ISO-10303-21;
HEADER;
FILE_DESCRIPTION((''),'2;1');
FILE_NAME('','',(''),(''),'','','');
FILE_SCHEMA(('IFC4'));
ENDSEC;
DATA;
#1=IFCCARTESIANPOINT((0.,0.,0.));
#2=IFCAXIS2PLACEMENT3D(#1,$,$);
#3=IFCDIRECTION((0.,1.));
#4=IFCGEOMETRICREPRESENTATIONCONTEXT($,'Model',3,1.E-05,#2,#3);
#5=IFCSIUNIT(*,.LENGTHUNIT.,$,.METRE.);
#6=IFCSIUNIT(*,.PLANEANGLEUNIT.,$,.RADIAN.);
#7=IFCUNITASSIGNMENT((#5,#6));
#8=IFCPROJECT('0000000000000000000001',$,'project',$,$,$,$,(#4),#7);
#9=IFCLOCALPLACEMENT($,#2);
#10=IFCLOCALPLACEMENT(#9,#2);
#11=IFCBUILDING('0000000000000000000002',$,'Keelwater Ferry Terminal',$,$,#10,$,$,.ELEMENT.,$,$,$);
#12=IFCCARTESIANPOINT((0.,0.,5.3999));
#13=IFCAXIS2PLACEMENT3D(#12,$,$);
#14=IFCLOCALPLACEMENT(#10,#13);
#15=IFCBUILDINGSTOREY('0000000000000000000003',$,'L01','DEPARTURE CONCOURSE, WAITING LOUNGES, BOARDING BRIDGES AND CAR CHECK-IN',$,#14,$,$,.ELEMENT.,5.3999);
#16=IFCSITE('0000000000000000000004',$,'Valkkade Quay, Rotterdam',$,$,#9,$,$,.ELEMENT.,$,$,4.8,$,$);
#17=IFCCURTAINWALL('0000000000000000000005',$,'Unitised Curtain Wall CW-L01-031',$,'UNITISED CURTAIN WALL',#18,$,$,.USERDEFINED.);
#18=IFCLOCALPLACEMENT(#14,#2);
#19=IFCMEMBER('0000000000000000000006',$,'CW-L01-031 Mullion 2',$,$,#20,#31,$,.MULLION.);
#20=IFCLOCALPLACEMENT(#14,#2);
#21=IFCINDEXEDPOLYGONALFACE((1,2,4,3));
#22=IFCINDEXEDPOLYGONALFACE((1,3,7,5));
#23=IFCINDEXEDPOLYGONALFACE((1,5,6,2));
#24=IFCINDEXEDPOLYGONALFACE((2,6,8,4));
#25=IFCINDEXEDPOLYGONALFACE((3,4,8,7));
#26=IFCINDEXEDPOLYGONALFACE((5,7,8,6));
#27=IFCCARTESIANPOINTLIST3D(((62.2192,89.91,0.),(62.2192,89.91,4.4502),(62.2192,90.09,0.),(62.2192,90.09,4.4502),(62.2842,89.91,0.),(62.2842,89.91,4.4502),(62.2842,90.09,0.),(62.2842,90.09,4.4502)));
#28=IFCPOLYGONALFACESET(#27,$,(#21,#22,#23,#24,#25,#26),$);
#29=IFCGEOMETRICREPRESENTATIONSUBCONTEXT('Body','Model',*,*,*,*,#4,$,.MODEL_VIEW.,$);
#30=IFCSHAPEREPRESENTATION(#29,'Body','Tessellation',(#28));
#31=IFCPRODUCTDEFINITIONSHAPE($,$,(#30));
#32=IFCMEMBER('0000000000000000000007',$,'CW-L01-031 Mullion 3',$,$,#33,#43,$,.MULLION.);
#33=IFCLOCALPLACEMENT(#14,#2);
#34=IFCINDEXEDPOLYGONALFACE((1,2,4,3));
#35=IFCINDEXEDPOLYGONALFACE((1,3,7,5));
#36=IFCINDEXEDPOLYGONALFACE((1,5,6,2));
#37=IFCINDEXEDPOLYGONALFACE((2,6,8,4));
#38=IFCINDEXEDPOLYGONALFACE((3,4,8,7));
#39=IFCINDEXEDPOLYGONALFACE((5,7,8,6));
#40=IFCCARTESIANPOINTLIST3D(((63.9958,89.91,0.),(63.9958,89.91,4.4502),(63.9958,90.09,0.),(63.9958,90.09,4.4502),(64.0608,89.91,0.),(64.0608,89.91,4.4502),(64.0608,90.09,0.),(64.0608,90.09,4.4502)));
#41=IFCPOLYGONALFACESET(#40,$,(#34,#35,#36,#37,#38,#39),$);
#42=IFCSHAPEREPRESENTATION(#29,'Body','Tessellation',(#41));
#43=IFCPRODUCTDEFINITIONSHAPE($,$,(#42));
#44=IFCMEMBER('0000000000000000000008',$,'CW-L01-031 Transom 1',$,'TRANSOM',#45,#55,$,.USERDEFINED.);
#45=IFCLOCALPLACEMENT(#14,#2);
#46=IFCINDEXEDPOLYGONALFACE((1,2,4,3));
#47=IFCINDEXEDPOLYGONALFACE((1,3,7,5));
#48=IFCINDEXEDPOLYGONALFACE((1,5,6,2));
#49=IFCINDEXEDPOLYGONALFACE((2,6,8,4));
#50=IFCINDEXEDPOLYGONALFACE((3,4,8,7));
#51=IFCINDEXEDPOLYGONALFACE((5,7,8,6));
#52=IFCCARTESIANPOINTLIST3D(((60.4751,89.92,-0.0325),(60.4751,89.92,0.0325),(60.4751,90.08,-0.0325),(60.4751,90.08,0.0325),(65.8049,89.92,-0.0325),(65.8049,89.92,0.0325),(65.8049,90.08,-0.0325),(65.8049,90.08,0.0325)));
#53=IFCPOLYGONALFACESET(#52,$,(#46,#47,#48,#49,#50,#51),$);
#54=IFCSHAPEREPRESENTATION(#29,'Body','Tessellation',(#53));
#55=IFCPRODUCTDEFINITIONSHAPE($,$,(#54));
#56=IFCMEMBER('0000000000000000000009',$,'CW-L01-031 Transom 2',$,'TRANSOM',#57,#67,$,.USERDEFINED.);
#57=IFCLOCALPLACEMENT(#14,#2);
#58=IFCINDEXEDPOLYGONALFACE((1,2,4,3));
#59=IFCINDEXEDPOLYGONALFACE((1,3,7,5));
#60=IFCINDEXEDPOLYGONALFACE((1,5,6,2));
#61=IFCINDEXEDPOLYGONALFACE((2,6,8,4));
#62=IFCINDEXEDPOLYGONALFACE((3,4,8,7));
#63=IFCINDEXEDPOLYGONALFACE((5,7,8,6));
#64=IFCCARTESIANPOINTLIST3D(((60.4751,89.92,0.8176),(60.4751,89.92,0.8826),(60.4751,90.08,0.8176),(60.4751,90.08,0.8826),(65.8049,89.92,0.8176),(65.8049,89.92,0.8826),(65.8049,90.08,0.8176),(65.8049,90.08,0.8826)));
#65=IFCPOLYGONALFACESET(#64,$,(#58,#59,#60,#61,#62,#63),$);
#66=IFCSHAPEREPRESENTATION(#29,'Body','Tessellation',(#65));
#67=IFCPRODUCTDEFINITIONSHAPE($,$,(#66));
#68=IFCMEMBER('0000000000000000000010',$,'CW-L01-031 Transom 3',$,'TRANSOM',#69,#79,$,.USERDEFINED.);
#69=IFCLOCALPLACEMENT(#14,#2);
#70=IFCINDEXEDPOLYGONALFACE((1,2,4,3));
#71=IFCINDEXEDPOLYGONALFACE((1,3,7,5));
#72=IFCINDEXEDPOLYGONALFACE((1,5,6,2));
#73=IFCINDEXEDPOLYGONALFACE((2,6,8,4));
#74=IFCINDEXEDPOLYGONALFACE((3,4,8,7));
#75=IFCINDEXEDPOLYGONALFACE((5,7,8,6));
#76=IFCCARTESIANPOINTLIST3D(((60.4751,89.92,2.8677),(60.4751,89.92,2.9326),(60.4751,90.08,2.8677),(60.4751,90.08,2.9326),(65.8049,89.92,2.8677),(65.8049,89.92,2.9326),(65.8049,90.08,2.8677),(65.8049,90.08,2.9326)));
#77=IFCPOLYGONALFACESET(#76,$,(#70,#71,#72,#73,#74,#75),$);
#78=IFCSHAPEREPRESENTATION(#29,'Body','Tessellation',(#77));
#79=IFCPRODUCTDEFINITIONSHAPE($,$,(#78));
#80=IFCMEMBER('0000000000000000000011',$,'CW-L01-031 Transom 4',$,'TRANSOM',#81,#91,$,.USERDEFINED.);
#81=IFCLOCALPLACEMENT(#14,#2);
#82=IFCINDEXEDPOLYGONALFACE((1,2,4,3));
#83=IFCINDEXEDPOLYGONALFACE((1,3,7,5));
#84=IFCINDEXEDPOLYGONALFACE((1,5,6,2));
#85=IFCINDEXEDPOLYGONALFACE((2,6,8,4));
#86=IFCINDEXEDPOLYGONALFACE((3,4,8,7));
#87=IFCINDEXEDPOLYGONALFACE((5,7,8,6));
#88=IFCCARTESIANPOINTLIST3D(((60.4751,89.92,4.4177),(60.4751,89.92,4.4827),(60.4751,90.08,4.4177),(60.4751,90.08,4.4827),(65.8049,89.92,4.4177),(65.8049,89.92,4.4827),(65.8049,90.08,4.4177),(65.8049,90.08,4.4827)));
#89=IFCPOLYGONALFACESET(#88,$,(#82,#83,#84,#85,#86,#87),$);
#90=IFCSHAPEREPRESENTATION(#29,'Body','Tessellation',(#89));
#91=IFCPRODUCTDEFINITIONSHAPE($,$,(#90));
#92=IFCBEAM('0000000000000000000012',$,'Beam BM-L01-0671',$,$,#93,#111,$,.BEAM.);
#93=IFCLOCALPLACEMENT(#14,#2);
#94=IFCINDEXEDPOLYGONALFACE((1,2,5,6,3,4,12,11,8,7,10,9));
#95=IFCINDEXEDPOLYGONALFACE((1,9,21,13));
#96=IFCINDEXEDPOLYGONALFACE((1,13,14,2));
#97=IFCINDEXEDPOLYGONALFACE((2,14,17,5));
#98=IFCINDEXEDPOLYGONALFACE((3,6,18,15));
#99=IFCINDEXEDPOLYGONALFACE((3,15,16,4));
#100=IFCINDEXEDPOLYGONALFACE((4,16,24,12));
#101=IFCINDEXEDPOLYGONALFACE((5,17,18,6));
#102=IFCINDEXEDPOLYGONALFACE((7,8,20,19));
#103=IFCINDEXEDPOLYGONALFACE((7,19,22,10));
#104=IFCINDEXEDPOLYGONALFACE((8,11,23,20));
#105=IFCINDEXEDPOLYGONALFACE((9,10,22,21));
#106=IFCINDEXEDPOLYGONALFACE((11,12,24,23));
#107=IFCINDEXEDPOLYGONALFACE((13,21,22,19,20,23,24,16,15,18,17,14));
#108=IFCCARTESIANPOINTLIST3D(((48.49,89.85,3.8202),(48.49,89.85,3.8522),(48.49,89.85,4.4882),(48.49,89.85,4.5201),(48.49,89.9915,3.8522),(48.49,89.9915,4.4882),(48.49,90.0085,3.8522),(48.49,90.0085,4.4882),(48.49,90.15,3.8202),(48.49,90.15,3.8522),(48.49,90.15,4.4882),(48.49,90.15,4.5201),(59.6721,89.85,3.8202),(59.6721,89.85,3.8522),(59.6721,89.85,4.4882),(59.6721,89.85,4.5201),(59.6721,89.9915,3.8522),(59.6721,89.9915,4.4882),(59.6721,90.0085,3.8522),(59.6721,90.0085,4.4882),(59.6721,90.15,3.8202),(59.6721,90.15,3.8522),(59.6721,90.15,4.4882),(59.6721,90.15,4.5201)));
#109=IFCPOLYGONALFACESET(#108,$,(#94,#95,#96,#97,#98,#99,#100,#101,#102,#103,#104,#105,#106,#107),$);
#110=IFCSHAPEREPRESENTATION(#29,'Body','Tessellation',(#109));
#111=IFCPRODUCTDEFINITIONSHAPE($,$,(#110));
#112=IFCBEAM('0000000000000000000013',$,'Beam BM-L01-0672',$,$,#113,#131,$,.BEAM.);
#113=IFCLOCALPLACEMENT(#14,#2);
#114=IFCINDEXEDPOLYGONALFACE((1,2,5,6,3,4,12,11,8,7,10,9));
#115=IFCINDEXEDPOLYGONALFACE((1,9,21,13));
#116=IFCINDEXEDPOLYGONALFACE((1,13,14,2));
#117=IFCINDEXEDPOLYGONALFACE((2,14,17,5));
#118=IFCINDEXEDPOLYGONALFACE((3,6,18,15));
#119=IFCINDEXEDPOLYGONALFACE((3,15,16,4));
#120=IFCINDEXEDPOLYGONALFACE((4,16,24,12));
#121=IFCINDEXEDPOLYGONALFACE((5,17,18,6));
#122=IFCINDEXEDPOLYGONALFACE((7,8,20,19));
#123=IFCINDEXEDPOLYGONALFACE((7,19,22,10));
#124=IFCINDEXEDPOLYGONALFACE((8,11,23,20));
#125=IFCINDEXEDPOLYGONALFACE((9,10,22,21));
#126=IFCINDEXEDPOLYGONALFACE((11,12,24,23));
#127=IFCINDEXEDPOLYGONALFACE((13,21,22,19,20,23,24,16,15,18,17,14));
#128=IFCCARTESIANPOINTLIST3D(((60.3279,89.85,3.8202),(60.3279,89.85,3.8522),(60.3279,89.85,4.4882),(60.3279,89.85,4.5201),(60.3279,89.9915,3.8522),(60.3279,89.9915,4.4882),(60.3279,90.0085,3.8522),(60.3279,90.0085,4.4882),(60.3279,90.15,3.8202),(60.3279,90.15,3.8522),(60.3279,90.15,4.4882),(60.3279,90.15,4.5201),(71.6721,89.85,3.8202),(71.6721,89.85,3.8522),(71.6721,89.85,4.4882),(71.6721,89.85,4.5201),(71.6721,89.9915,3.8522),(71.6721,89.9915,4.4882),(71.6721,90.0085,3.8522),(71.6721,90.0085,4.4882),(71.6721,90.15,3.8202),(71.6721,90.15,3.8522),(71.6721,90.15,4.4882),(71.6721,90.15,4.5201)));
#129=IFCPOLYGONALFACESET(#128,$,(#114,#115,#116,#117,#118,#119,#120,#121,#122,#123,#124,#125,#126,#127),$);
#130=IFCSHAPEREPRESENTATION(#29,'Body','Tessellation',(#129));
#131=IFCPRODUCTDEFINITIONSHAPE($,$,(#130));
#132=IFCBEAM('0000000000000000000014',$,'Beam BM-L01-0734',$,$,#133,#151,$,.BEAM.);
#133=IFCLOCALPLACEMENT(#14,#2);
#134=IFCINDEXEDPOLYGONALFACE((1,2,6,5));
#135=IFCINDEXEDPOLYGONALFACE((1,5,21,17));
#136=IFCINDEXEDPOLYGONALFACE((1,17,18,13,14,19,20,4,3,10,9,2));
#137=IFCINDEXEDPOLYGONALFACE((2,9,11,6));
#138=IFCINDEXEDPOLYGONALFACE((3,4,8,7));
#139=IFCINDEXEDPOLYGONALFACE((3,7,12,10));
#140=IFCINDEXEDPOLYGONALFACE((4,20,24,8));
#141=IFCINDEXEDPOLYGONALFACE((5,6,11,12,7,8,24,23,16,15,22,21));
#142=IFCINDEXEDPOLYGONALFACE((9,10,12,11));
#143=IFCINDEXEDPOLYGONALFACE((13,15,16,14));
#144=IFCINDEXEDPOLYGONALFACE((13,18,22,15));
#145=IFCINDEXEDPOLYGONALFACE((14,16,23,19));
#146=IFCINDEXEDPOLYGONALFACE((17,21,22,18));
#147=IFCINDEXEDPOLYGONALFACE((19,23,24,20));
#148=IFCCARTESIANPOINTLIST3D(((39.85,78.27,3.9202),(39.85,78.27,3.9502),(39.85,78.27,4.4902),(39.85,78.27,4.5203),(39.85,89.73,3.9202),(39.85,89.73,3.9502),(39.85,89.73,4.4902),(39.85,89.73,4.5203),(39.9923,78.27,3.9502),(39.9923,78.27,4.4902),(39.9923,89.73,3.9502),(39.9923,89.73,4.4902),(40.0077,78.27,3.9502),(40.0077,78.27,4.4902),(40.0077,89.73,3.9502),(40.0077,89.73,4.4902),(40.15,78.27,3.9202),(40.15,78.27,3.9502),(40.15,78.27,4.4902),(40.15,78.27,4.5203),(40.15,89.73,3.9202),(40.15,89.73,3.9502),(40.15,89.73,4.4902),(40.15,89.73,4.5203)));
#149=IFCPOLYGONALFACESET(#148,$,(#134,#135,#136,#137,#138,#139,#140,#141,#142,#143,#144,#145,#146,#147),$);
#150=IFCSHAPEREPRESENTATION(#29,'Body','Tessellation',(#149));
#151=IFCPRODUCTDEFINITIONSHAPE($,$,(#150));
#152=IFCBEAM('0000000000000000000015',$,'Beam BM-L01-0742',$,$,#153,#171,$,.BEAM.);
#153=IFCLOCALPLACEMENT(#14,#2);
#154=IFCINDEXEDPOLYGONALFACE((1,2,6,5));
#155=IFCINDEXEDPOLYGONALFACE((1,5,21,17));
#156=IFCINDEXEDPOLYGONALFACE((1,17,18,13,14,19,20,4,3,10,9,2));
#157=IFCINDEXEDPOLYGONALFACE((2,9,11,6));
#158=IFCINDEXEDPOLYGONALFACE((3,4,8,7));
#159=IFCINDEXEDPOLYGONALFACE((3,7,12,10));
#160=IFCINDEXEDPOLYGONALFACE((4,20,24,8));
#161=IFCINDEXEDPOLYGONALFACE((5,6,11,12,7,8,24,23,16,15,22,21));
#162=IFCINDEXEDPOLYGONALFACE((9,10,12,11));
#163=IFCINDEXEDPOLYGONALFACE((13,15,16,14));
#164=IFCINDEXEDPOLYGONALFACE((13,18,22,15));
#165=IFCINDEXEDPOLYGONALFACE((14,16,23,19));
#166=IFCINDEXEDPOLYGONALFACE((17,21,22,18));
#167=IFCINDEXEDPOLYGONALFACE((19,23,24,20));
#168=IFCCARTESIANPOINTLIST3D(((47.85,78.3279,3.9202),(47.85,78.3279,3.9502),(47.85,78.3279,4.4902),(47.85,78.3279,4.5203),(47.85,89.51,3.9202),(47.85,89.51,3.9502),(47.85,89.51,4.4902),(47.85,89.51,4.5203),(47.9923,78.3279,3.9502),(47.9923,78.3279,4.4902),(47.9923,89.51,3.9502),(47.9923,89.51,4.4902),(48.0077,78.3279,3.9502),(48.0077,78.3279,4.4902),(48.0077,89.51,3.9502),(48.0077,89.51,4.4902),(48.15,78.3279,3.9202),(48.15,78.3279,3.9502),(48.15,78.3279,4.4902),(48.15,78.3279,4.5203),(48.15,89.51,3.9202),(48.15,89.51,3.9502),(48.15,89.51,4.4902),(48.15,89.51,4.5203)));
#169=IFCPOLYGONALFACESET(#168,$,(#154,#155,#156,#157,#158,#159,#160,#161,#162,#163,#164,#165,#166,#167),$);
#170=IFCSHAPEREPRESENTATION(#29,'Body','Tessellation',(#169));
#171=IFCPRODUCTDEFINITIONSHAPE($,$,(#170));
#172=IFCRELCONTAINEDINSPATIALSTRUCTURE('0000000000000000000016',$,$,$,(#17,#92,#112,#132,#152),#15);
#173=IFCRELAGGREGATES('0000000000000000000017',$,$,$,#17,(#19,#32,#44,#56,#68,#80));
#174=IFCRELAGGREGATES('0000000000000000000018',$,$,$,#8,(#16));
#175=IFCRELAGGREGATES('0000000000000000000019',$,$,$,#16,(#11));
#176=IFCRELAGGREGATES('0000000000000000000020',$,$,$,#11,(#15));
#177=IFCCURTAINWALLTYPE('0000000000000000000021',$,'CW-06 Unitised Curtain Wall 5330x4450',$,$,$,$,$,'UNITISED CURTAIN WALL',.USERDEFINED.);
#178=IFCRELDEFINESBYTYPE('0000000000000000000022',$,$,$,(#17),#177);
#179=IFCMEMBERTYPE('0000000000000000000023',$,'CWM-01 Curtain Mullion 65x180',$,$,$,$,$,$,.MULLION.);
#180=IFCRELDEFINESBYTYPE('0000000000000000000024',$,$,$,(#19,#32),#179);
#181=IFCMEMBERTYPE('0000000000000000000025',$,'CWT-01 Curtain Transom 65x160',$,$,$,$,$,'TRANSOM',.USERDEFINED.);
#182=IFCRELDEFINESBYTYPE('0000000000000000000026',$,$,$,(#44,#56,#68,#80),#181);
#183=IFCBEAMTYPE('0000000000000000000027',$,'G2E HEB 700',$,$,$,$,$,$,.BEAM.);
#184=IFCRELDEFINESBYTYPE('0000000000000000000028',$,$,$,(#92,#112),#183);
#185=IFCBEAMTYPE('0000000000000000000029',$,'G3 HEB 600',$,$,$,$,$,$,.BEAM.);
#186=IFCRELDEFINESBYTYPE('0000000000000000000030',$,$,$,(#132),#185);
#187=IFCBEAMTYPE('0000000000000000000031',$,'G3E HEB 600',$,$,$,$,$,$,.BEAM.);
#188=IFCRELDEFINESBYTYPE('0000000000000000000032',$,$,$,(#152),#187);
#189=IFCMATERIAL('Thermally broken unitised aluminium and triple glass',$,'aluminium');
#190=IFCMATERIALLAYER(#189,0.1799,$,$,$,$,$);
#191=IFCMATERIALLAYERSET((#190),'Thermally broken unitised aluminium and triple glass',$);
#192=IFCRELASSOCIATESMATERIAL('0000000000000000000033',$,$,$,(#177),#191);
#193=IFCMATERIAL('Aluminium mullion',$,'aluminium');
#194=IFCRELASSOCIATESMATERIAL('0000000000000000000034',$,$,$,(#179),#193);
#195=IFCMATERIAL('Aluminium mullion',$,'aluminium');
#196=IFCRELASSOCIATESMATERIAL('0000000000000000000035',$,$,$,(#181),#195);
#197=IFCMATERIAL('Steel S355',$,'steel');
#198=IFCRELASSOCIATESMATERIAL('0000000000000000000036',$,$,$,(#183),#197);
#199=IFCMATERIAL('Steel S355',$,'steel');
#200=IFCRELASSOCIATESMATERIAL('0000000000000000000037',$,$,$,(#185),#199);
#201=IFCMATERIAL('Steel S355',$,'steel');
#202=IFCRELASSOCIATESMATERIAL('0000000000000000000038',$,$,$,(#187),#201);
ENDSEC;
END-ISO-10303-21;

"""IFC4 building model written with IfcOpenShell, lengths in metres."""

from ifc_helpers import new_model, si_unit, direction, frame, origin, origin_2d, place, context, subcontext, project, spatial, rectangle, i_section, extrude, material, layer, layer_set, material_profile, profile_set, type_object, element, aggregate, save


model = new_model("IFC4")

# Units and contexts
model_context = context("Model", 3, precision=1e-05, world=origin(), true_north=direction((0.0, 1.0)))
body_context = subcontext(model_context, "Body", "Model", "MODEL_VIEW")
ifc_project = project(units=[si_unit("LENGTHUNIT", "METRE"), si_unit("PLANEANGLEUNIT", "RADIAN")], contexts=[model_context])

# Site, building, storey
site_placement = place(None, origin())
site = spatial("IfcSite", under=ifc_project, at=site_placement, Name="Valkkade Quay, Rotterdam", CompositionType="ELEMENT", RefElevation=4.8)
building_placement = place(site_placement, origin())
building = spatial("IfcBuilding", under=site, at=building_placement, Name="Keelwater Ferry Terminal", CompositionType="ELEMENT")
storey_placement = place(building_placement, frame((0.0, 0.0, 5.3999)))
storey = spatial("IfcBuildingStorey", under=building, at=storey_placement, Name="L01", Description="DEPARTURE CONCOURSE, WAITING LOUNGES, BOARDING BRIDGES AND CAR CHECK-IN", CompositionType="ELEMENT", Elevation=5.3999)

# Curtain wall, members
ifc_material_1 = material(Name="Thermally broken unitised aluminium and triple glass", Category="aluminium")
ifc_layer_1 = layer(ifc_material_1, 0.1799)
ifc_layer_set_1 = layer_set([ifc_layer_1], Name="Thermally broken unitised aluminium and triple glass")
curtain_wall_type = type_object("IfcCurtainWallType", Name="CW-06 Unitised Curtain Wall 5330x4450", ElementType="UNITISED CURTAIN WALL", PredefinedType="USERDEFINED", material=ifc_layer_set_1)
curtain_wall_placement = place(storey_placement, origin())
curtain_wall = element("IfcCurtainWall", 1, at=curtain_wall_placement, inside=storey, type_object=curtain_wall_type, Name="Unitised Curtain Wall CW-L01-031", ObjectType="UNITISED CURTAIN WALL", PredefinedType="USERDEFINED")
ifc_material_2 = material(Name="Aluminium mullion", Category="aluminium")
ifc_material_profile_1 = material_profile(ifc_material_2, rectangle(XDim=0.0649, YDim=0.1799, at=origin_2d()), Name="CWM-01")
ifc_profile_set_1 = profile_set([ifc_material_profile_1], Name="Aluminium mullion")
member_type_1 = type_object("IfcMemberType", Name="CWM-01 Curtain Mullion 65x180", PredefinedType="MULLION", material=ifc_profile_set_1)
member_1_placement = place(storey_placement, frame((62.2517, 90.0, 0.0), z_axis=(0.0, 0.0, 1.0), x_axis=(1.0, 0.0, 0.0)))
member_1 = element("IfcMember", 2, at=member_1_placement, type_object=member_type_1, Name="CW-L01-031 Mullion 2", PredefinedType="MULLION", context=body_context, shape_type="SweptSolid", body=[
    extrude(rectangle(XDim=0.0649, YDim=0.1799, at=origin_2d()), origin(), (0.0, 0.0, 1.0), 4.4502),
])
member_2_placement = place(storey_placement, frame((64.0283, 90.0, 0.0), z_axis=(0.0, 0.0, 1.0), x_axis=(1.0, 0.0, 0.0)))
member_2 = element("IfcMember", 3, at=member_2_placement, type_object=member_type_1, Name="CW-L01-031 Mullion 3", PredefinedType="MULLION", context=body_context, shape_type="SweptSolid", body=[
    extrude(rectangle(XDim=0.0649, YDim=0.1799, at=origin_2d()), origin(), (0.0, 0.0, 1.0), 4.4502),
])
ifc_material_3 = material(Name="Aluminium mullion", Category="aluminium")
ifc_material_profile_2 = material_profile(ifc_material_3, rectangle(XDim=0.1599, YDim=0.0649, at=origin_2d()), Name="CWT-01")
ifc_profile_set_2 = profile_set([ifc_material_profile_2], Name="Aluminium mullion")
member_type_2 = type_object("IfcMemberType", Name="CWT-01 Curtain Transom 65x160", ElementType="TRANSOM", PredefinedType="USERDEFINED", material=ifc_profile_set_2)
member_3_placement = place(storey_placement, frame((60.4751, 90.0, 0.0), z_axis=(1.0, 0.0, 0.0), x_axis=(0.0, 1.0, 0.0)))
member_3 = element("IfcMember", 4, at=member_3_placement, type_object=member_type_2, Name="CW-L01-031 Transom 1", ObjectType="TRANSOM", PredefinedType="USERDEFINED", context=body_context, shape_type="SweptSolid", body=[
    extrude(rectangle(XDim=0.1599, YDim=0.0649, at=origin_2d()), origin(), (0.0, 0.0, 1.0), 5.3298),
])
member_4_placement = place(storey_placement, frame((60.4751, 90.0, 0.8501), z_axis=(1.0, 0.0, 0.0), x_axis=(0.0, 1.0, 0.0)))
member_4 = element("IfcMember", 5, at=member_4_placement, type_object=member_type_2, Name="CW-L01-031 Transom 2", ObjectType="TRANSOM", PredefinedType="USERDEFINED", context=body_context, shape_type="SweptSolid", body=[
    extrude(rectangle(XDim=0.1599, YDim=0.0649, at=origin_2d()), origin(), (0.0, 0.0, 1.0), 5.3298),
])
member_5_placement = place(storey_placement, frame((60.4751, 90.0, 2.9001), z_axis=(1.0, 0.0, 0.0), x_axis=(0.0, 1.0, 0.0)))
member_5 = element("IfcMember", 6, at=member_5_placement, type_object=member_type_2, Name="CW-L01-031 Transom 3", ObjectType="TRANSOM", PredefinedType="USERDEFINED", context=body_context, shape_type="SweptSolid", body=[
    extrude(rectangle(XDim=0.1599, YDim=0.0649, at=origin_2d()), origin(), (0.0, 0.0, 1.0), 5.3298),
])
member_6_placement = place(storey_placement, frame((60.4751, 90.0, 4.4502), z_axis=(1.0, 0.0, 0.0), x_axis=(0.0, 1.0, 0.0)))
member_6 = element("IfcMember", 7, at=member_6_placement, type_object=member_type_2, Name="CW-L01-031 Transom 4", ObjectType="TRANSOM", PredefinedType="USERDEFINED", context=body_context, shape_type="SweptSolid", body=[
    extrude(rectangle(XDim=0.1599, YDim=0.0649, at=origin_2d()), origin(), (0.0, 0.0, 1.0), 5.3298),
])

# Beams
ifc_material_4 = material(Name="Steel S355", Category="steel")
ifc_material_profile_3 = material_profile(ifc_material_4, i_section(OverallWidth=0.3, OverallDepth=0.7, WebThickness=0.0171, FlangeThickness=0.032, at=origin_2d()), Name="HEB 700")
ifc_profile_set_3 = profile_set([ifc_material_profile_3], Name="Steel S355")
beam_type_1 = type_object("IfcBeamType", Name="G2E HEB 700", PredefinedType="BEAM", material=ifc_profile_set_3)
beam_1_placement = place(storey_placement, frame((48.49, 90.0, 4.1702), z_axis=(1.0, 0.0, 0.0), x_axis=(0.0, 1.0, 0.0)))
element("IfcBeam", 8, at=beam_1_placement, inside=storey, type_object=beam_type_1, Name="Beam BM-L01-0671", PredefinedType="BEAM", context=body_context, shape_type="SweptSolid", body=[
    extrude(i_section(OverallWidth=0.3, OverallDepth=0.7, WebThickness=0.0171, FlangeThickness=0.032, at=origin_2d()), origin(), (0.0, 0.0, 1.0), 11.1821),
])
beam_2_placement = place(storey_placement, frame((60.3279, 90.0, 4.1702), z_axis=(1.0, 0.0, 0.0), x_axis=(0.0, 1.0, 0.0)))
element("IfcBeam", 9, at=beam_2_placement, inside=storey, type_object=beam_type_1, Name="Beam BM-L01-0672", PredefinedType="BEAM", context=body_context, shape_type="SweptSolid", body=[
    extrude(i_section(OverallWidth=0.3, OverallDepth=0.7, WebThickness=0.0171, FlangeThickness=0.032, at=origin_2d()), origin(), (0.0, 0.0, 1.0), 11.3442),
])
ifc_material_5 = material(Name="Steel S355", Category="steel")
ifc_material_profile_4 = material_profile(ifc_material_5, i_section(OverallWidth=0.3, OverallDepth=0.6001, WebThickness=0.0154, FlangeThickness=0.03, at=origin_2d()), Name="HEB 600")
ifc_profile_set_4 = profile_set([ifc_material_profile_4], Name="Steel S355")
beam_type_2 = type_object("IfcBeamType", Name="G3 HEB 600", PredefinedType="BEAM", material=ifc_profile_set_4)
beam_3_placement = place(storey_placement, frame((40.0, 78.27, 4.2202), z_axis=(0.0, 1.0, 0.0), x_axis=(-1.0, 0.0, 0.0)))
element("IfcBeam", 10, at=beam_3_placement, inside=storey, type_object=beam_type_2, Name="Beam BM-L01-0734", PredefinedType="BEAM", context=body_context, shape_type="SweptSolid", body=[
    extrude(i_section(OverallWidth=0.3, OverallDepth=0.6001, WebThickness=0.0154, FlangeThickness=0.03, at=origin_2d()), origin(), (0.0, 0.0, 1.0), 11.46),
])
ifc_material_6 = material(Name="Steel S355", Category="steel")
ifc_material_profile_5 = material_profile(ifc_material_6, i_section(OverallWidth=0.3, OverallDepth=0.6001, WebThickness=0.0154, FlangeThickness=0.03, at=origin_2d()), Name="HEB 600")
ifc_profile_set_5 = profile_set([ifc_material_profile_5], Name="Steel S355")
beam_type_3 = type_object("IfcBeamType", Name="G3E HEB 600", PredefinedType="BEAM", material=ifc_profile_set_5)
beam_4_placement = place(storey_placement, frame((48.0, 78.3279, 4.2202), z_axis=(0.0, 1.0, 0.0), x_axis=(-1.0, 0.0, 0.0)))
element("IfcBeam", 11, at=beam_4_placement, inside=storey, type_object=beam_type_3, Name="Beam BM-L01-0742", PredefinedType="BEAM", context=body_context, shape_type="SweptSolid", body=[
    extrude(i_section(OverallWidth=0.3, OverallDepth=0.6001, WebThickness=0.0154, FlangeThickness=0.03, at=origin_2d()), origin(), (0.0, 0.0, 1.0), 11.1821),
])

aggregate(curtain_wall, [member_1, member_2, member_3, member_4, member_5, member_6])

save(model, "model.ifc")
